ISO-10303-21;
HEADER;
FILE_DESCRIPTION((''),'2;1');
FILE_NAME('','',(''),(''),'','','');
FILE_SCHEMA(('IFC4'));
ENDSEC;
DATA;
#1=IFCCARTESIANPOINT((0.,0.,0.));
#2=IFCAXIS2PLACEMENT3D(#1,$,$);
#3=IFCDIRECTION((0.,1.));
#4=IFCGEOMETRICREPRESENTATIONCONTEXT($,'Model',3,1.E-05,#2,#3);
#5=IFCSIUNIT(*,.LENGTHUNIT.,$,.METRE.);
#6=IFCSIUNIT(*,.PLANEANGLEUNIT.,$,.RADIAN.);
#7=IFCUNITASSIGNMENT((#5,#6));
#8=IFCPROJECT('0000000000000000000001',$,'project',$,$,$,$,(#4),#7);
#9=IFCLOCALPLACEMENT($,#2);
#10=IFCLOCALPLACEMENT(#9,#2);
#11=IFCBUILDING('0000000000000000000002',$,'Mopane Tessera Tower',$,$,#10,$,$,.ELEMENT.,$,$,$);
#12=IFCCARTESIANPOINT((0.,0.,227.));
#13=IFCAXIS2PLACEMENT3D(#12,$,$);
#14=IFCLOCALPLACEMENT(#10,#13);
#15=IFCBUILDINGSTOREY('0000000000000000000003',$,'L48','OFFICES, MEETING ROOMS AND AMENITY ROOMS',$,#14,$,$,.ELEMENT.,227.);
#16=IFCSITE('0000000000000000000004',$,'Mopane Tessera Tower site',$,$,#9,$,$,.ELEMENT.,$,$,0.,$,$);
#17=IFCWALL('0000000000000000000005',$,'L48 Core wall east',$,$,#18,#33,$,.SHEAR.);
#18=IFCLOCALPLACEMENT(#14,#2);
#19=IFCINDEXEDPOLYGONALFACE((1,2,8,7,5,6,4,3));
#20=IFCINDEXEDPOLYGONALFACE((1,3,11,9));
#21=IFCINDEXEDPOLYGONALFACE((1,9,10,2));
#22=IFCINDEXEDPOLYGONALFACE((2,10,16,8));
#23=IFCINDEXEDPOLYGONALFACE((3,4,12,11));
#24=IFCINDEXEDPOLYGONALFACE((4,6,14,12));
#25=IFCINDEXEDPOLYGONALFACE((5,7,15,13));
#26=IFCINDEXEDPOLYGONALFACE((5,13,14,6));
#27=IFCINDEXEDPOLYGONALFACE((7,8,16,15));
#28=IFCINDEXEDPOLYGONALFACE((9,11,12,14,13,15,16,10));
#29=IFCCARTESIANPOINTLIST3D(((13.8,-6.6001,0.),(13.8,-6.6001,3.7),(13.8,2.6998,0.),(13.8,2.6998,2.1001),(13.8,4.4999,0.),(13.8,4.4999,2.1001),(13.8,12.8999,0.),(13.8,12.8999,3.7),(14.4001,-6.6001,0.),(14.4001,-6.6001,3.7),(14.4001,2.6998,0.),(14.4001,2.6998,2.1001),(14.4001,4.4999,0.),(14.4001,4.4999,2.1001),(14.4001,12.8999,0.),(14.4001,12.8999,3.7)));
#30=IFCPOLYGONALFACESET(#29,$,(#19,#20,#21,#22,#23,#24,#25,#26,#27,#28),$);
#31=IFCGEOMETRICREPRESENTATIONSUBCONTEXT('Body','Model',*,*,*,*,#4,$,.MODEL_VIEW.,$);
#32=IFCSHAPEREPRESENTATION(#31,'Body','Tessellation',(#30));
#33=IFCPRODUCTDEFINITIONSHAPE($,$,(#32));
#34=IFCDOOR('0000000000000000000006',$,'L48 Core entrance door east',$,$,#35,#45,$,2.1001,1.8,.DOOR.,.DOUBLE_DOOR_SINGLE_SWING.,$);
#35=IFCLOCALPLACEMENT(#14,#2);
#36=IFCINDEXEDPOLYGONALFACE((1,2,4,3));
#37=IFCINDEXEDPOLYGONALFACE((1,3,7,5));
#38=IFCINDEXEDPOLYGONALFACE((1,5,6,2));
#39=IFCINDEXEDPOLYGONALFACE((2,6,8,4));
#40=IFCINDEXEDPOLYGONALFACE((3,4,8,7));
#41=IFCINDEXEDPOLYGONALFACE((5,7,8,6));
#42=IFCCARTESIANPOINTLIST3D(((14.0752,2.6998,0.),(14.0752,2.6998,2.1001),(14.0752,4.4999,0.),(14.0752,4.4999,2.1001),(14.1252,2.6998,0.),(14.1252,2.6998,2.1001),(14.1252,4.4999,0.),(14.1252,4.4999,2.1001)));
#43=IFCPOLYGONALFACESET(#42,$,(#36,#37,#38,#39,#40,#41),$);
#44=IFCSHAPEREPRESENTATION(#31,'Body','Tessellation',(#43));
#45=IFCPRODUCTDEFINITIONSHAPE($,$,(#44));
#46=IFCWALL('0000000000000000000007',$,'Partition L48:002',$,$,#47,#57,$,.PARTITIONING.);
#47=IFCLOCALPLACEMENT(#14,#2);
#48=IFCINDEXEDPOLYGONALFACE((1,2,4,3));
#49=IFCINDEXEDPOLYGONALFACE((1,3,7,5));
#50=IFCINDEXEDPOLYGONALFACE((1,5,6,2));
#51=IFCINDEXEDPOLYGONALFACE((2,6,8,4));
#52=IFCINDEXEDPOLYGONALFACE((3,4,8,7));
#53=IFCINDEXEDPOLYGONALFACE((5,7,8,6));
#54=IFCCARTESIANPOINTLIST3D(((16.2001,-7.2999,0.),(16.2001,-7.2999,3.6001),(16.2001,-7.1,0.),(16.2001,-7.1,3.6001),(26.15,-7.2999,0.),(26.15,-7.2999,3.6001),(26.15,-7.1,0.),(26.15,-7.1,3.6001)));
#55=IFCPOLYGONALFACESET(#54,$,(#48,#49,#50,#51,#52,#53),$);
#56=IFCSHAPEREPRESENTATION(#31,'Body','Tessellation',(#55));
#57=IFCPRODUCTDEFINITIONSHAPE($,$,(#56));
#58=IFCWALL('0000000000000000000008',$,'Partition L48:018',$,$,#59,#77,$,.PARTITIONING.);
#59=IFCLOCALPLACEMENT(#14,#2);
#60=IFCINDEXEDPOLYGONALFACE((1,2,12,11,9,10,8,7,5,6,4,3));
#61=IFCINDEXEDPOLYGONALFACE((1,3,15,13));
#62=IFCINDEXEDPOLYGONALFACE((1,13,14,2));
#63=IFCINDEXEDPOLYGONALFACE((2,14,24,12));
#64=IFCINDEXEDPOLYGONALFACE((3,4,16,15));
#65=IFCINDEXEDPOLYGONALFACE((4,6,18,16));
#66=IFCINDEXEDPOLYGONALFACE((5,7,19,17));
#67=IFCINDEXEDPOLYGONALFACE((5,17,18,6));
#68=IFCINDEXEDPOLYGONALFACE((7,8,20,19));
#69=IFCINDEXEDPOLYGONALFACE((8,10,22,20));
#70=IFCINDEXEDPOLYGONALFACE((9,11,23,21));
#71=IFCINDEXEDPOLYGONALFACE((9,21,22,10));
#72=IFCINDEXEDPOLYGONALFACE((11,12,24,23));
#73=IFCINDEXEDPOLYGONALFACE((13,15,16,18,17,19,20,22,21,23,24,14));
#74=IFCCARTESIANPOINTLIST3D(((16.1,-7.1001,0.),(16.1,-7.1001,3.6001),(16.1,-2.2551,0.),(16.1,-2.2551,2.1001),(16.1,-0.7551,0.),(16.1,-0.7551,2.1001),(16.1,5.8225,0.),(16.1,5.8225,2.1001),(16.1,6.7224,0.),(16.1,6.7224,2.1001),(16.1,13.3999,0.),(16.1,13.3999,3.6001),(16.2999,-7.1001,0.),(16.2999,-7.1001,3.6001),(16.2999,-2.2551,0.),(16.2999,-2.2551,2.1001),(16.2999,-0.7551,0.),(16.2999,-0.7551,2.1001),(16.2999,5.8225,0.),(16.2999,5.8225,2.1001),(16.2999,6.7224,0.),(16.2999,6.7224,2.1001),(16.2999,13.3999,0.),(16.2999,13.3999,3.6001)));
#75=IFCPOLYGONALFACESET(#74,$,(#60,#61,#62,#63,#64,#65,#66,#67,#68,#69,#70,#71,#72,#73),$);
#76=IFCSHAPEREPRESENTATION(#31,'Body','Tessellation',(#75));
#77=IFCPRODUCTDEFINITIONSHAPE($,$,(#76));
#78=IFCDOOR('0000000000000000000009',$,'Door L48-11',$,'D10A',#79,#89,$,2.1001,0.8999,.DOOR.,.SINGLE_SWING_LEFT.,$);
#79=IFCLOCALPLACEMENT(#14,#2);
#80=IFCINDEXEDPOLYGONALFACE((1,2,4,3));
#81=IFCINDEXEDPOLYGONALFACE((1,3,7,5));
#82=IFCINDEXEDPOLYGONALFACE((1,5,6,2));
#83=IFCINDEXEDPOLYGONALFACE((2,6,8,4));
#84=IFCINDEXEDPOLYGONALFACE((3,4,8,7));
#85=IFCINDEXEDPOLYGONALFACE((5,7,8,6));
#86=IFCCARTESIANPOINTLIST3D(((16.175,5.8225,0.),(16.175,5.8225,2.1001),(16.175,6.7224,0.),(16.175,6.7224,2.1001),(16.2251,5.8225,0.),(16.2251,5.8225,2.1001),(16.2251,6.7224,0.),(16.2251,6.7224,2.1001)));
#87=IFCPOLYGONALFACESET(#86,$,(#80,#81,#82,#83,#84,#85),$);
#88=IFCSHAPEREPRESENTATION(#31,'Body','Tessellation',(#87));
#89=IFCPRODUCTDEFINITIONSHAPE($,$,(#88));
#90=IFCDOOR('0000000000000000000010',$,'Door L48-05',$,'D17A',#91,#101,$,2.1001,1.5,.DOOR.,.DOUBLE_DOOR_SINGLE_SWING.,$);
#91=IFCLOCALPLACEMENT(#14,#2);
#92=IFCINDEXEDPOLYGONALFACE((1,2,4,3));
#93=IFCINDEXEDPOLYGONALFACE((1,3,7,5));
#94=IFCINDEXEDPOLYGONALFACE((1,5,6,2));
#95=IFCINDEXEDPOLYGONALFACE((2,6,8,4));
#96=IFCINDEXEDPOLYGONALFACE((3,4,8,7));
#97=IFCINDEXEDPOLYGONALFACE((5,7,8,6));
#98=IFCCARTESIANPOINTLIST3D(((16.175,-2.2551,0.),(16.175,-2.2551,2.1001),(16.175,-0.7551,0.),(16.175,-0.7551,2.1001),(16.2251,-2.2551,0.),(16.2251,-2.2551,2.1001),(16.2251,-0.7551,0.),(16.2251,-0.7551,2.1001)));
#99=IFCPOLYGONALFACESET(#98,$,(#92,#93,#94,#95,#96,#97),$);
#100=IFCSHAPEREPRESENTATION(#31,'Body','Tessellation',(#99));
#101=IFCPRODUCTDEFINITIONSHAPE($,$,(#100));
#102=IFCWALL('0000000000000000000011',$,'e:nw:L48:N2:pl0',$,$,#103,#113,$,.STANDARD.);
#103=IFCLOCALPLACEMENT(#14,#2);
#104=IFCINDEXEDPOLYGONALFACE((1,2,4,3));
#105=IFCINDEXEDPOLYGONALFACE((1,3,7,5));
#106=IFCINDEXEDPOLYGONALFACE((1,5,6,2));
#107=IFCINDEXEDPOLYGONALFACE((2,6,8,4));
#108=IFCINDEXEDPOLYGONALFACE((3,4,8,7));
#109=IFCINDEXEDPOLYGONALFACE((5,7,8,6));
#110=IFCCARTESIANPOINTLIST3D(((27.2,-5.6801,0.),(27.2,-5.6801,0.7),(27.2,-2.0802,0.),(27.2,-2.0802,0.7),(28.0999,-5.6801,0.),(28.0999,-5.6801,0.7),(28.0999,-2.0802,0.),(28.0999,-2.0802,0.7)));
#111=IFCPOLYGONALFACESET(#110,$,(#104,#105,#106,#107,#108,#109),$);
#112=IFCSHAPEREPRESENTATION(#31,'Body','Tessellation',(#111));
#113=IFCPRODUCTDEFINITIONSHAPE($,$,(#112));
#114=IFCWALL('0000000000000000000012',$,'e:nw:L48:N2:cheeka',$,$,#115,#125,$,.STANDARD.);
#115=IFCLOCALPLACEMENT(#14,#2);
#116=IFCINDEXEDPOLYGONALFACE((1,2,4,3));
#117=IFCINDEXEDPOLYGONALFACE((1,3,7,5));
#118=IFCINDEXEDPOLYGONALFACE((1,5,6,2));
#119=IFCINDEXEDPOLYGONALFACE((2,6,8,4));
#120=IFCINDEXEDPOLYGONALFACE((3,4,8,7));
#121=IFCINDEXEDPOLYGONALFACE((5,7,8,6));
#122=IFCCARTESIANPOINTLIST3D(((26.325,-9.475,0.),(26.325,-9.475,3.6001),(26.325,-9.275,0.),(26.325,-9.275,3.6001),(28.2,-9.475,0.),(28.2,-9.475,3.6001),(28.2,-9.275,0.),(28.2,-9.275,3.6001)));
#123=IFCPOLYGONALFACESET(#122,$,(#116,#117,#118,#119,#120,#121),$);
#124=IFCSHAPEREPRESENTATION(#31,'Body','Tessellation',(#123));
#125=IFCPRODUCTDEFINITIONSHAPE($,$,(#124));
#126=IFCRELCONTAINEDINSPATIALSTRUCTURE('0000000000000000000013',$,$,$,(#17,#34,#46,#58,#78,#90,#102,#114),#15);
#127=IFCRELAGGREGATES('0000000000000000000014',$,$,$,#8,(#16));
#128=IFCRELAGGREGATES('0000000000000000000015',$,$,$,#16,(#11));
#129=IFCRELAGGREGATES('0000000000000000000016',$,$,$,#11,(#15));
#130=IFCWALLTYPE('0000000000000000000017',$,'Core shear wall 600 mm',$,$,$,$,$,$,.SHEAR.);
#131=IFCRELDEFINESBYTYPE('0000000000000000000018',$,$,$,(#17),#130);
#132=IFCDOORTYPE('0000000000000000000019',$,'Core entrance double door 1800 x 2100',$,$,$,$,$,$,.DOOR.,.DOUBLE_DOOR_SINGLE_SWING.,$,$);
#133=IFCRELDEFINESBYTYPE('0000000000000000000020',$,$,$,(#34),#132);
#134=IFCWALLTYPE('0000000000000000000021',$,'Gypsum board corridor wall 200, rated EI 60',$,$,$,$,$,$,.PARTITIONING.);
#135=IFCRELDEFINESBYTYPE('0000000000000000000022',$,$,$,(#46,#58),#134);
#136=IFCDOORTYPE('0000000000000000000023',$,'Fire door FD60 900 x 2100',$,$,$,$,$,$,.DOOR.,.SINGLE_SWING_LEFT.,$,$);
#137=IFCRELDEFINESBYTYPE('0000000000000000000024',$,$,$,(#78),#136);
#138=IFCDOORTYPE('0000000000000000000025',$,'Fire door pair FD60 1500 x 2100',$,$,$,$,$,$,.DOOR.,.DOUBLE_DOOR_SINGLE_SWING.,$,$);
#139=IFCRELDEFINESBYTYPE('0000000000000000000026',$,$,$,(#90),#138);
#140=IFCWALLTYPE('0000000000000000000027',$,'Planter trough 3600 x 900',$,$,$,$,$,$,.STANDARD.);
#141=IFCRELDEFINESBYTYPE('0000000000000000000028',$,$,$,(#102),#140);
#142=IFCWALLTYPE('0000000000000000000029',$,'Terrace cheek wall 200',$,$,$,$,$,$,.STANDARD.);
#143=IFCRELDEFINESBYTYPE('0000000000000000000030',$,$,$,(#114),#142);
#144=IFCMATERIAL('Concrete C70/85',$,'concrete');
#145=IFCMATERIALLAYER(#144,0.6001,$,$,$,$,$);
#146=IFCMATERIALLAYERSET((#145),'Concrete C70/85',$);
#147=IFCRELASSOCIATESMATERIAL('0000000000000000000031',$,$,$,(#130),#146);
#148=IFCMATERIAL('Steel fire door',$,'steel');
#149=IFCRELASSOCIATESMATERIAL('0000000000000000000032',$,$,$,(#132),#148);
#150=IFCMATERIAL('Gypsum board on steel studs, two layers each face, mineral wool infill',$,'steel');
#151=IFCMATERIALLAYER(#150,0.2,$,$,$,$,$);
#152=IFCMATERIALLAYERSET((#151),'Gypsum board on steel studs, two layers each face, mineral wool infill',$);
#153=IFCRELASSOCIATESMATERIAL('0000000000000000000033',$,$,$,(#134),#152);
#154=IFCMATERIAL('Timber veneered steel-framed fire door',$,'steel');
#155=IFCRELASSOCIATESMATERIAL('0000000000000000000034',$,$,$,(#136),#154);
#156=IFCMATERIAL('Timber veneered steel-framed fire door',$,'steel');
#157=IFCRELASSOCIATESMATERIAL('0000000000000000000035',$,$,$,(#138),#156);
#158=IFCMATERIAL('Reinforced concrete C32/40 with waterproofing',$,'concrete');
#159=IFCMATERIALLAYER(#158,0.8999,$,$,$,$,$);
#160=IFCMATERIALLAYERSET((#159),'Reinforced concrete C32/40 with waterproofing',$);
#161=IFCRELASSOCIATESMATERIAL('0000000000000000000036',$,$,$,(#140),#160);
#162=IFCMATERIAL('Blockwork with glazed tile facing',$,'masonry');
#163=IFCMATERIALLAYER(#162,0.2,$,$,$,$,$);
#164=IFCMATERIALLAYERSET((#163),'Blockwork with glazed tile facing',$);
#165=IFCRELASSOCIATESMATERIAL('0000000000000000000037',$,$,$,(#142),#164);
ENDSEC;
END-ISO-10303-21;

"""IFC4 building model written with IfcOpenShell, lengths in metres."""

from ifc_helpers import new_model, si_unit, direction, frame, frame_2d, origin, place, context, subcontext, project, spatial, rectangle, extrude, material, layer, layer_set, type_object, element, fill, save


model = new_model("IFC4")

# Units and contexts
model_context = context("Model", 3, precision=1e-05, world=origin(), true_north=direction((0.0, 1.0)))
body_context = subcontext(model_context, "Body", "Model", "MODEL_VIEW")
ifc_project = project(units=[si_unit("LENGTHUNIT", "METRE"), si_unit("PLANEANGLEUNIT", "RADIAN")], contexts=[model_context])

# Site, building, storey
site_placement = place(None, origin())
site = spatial("IfcSite", under=ifc_project, at=site_placement, Name="Mopane Tessera Tower site", CompositionType="ELEMENT", RefElevation=0.0)
building_placement = place(site_placement, origin())
building = spatial("IfcBuilding", under=site, at=building_placement, Name="Mopane Tessera Tower", CompositionType="ELEMENT")
storey_placement = place(building_placement, frame((0.0, 0.0, 227.0)))
storey = spatial("IfcBuildingStorey", under=building, at=storey_placement, Name="L48", Description="OFFICES, MEETING ROOMS AND AMENITY ROOMS", CompositionType="ELEMENT", Elevation=227.0)

# Wall, opening, door
ifc_material_1 = material(Name="Concrete C70/85", Category="concrete")
ifc_layer_1 = layer(ifc_material_1, 0.6001)
ifc_layer_set_1 = layer_set([ifc_layer_1], Name="Concrete C70/85")
wall_type_1 = type_object("IfcWallType", Name="Core shear wall 600 mm", PredefinedType="SHEAR", material=ifc_layer_set_1)
wall_1_placement = place(storey_placement, frame((14.1001, -6.6001, 0.0), z_axis=(0.0, 0.0, 1.0), x_axis=(0.0, 1.0, 0.0)))
wall_1 = element("IfcWall", 1, at=wall_1_placement, inside=storey, type_object=wall_type_1, Name="L48 Core wall east", PredefinedType="SHEAR", context=body_context, shape_type="SweptSolid", body=[
    extrude(rectangle(XDim=19.5, YDim=0.6001, at=frame_2d((9.75, 0.0))), origin(), (0.0, 0.0, 1.0), 3.7),
])
opening_1_placement = place(wall_1_placement, frame((9.3, 0.0, 0.0)))
opening_1 = element("IfcOpeningElement", 2, at=opening_1_placement, cuts=wall_1, PredefinedType="OPENING", context=body_context, shape_type="SweptSolid", body=[
    extrude(rectangle(XDim=1.8, YDim=2.1001, at=frame_2d((0.8999, 1.05))), frame((0.0, 0.312, 0.0), z_axis=(0.0, -1.0, 0.0), x_axis=(1.0, 0.0, 0.0)), (0.0, 0.0, 1.0), 0.624),
])
ifc_material_2 = material(Name="Steel fire door", Category="steel")
door_type_1 = type_object("IfcDoorType", Name="Core entrance double door 1800 x 2100", OperationType="DOUBLE_DOOR_SINGLE_SWING", PredefinedType="DOOR", material=ifc_material_2)
door_1_placement = place(opening_1_placement, origin())
door_1 = element("IfcDoor", 3, at=door_1_placement, inside=storey, type_object=door_type_1, Name="L48 Core entrance door east", OperationType="DOUBLE_DOOR_SINGLE_SWING", OverallHeight=2.1001, OverallWidth=1.8, PredefinedType="DOOR", context=body_context, shape_type="SweptSolid", body=[
    extrude(rectangle(XDim=1.8, YDim=2.1001, at=frame_2d((0.8999, 1.05))), frame((0.0, 0.0249, 0.0), z_axis=(0.0, -1.0, 0.0), x_axis=(1.0, 0.0, 0.0)), (0.0, 0.0, 1.0), 0.05),
])
fill(opening_1, door_1)

# Wall
ifc_material_3 = material(Name="Gypsum board on steel studs, two layers each face, mineral wool infill", Category="steel")
ifc_layer_2 = layer(ifc_material_3, 0.2)
ifc_layer_set_2 = layer_set([ifc_layer_2], Name="Gypsum board on steel studs, two layers each face, mineral wool infill")
wall_type_2 = type_object("IfcWallType", Name="Gypsum board corridor wall 200, rated EI 60", PredefinedType="PARTITIONING", material=ifc_layer_set_2)
wall_2_placement = place(storey_placement, frame((16.2, -7.2, 0.0), z_axis=(0.0, 0.0, 1.0), x_axis=(1.0, 0.0, 0.0)))
element("IfcWall", 4, at=wall_2_placement, inside=storey, type_object=wall_type_2, Name="Partition L48:002", PredefinedType="PARTITIONING", context=body_context, shape_type="SweptSolid", body=[
    extrude(rectangle(XDim=9.95, YDim=0.2, at=frame_2d((4.9751, 0.0))), origin(), (0.0, 0.0, 1.0), 3.6001),
])

# Wall, openings, doors
wall_3_placement = place(storey_placement, frame((16.2, -7.1001, 0.0), z_axis=(0.0, 0.0, 1.0), x_axis=(0.0, 1.0, 0.0)))
wall_3 = element("IfcWall", 5, at=wall_3_placement, inside=storey, type_object=wall_type_2, Name="Partition L48:018", PredefinedType="PARTITIONING", context=body_context, shape_type="SweptSolid", body=[
    extrude(rectangle(XDim=20.5, YDim=0.2, at=frame_2d((10.25, 0.0))), origin(), (0.0, 0.0, 1.0), 3.6001),
])
opening_2_placement = place(wall_3_placement, frame((4.845, 0.0, 0.0)))
opening_2 = element("IfcOpeningElement", 6, at=opening_2_placement, cuts=wall_3, PredefinedType="OPENING", context=body_context, shape_type="SweptSolid", body=[
    extrude(rectangle(XDim=1.5, YDim=2.1001, at=frame_2d((0.75, 1.05))), frame((0.0, 0.1121, 0.0), z_axis=(0.0, -1.0, 0.0), x_axis=(1.0, 0.0, 0.0)), (0.0, 0.0, 1.0), 0.2239),
])
opening_3_placement = place(wall_3_placement, frame((12.9226, 0.0, 0.0)))
opening_3 = element("IfcOpeningElement", 7, at=opening_3_placement, cuts=wall_3, PredefinedType="OPENING", context=body_context, shape_type="SweptSolid", body=[
    extrude(rectangle(XDim=0.8999, YDim=2.1001, at=frame_2d((0.45, 1.05))), frame((0.0, 0.1121, 0.0), z_axis=(0.0, -1.0, 0.0), x_axis=(1.0, 0.0, 0.0)), (0.0, 0.0, 1.0), 0.2239),
])
ifc_material_4 = material(Name="Timber veneered steel-framed fire door", Category="steel")
door_type_2 = type_object("IfcDoorType", Name="Fire door FD60 900 x 2100", OperationType="SINGLE_SWING_LEFT", PredefinedType="DOOR", material=ifc_material_4)
door_2_placement = place(opening_3_placement, origin())
door_2 = element("IfcDoor", 8, at=door_2_placement, inside=storey, type_object=door_type_2, Name="Door L48-11", ObjectType="D10A", OperationType="SINGLE_SWING_LEFT", OverallHeight=2.1001, OverallWidth=0.8999, PredefinedType="DOOR", context=body_context, shape_type="SweptSolid", body=[
    extrude(rectangle(XDim=0.8999, YDim=2.1001, at=frame_2d((0.45, 1.05))), frame((0.0, 0.0249, 0.0), z_axis=(0.0, -1.0, 0.0), x_axis=(1.0, 0.0, 0.0)), (0.0, 0.0, 1.0), 0.05),
])
fill(opening_3, door_2)
ifc_material_5 = material(Name="Timber veneered steel-framed fire door", Category="steel")
door_type_3 = type_object("IfcDoorType", Name="Fire door pair FD60 1500 x 2100", OperationType="DOUBLE_DOOR_SINGLE_SWING", PredefinedType="DOOR", material=ifc_material_5)
door_3_placement = place(opening_2_placement, origin())
door_3 = element("IfcDoor", 9, at=door_3_placement, inside=storey, type_object=door_type_3, Name="Door L48-05", ObjectType="D17A", OperationType="DOUBLE_DOOR_SINGLE_SWING", OverallHeight=2.1001, OverallWidth=1.5, PredefinedType="DOOR", context=body_context, shape_type="SweptSolid", body=[
    extrude(rectangle(XDim=1.5, YDim=2.1001, at=frame_2d((0.75, 1.05))), frame((0.0, 0.0249, 0.0), z_axis=(0.0, -1.0, 0.0), x_axis=(1.0, 0.0, 0.0)), (0.0, 0.0, 1.0), 0.05),
])
fill(opening_2, door_3)

# Walls
ifc_material_6 = material(Name="Reinforced concrete C32/40 with waterproofing", Category="concrete")
ifc_layer_3 = layer(ifc_material_6, 0.8999)
ifc_layer_set_3 = layer_set([ifc_layer_3], Name="Reinforced concrete C32/40 with waterproofing")
wall_type_3 = type_object("IfcWallType", Name="Planter trough 3600 x 900", PredefinedType="STANDARD", material=ifc_layer_set_3)
wall_4_placement = place(storey_placement, frame((27.6499, -5.6799, 0.0), z_axis=(0.0, 0.0, 1.0), x_axis=(0.0, 1.0, 0.0)))
element("IfcWall", 10, at=wall_4_placement, inside=storey, type_object=wall_type_3, Name="e:nw:L48:N2:pl0", PredefinedType="STANDARD", context=body_context, shape_type="SweptSolid", body=[
    extrude(rectangle(XDim=3.5999, YDim=0.8999, at=frame_2d((1.7998, 0.0))), origin(), (0.0, 0.0, 1.0), 0.7),
])
ifc_material_7 = material(Name="Blockwork with glazed tile facing", Category="masonry")
ifc_layer_4 = layer(ifc_material_7, 0.2)
ifc_layer_set_4 = layer_set([ifc_layer_4], Name="Blockwork with glazed tile facing")
wall_type_4 = type_object("IfcWallType", Name="Terrace cheek wall 200", PredefinedType="STANDARD", material=ifc_layer_set_4)
wall_5_placement = place(storey_placement, frame((28.2, -9.375, 0.0), z_axis=(0.0, 0.0, 1.0), x_axis=(-1.0, 0.0, 0.0)))
element("IfcWall", 11, at=wall_5_placement, inside=storey, type_object=wall_type_4, Name="e:nw:L48:N2:cheeka", PredefinedType="STANDARD", context=body_context, shape_type="SweptSolid", body=[
    extrude(rectangle(XDim=1.875, YDim=0.2, at=frame_2d((0.9375, 0.0))), origin(), (0.0, 0.0, 1.0), 3.6001),
])

save(model, "model.ifc")
